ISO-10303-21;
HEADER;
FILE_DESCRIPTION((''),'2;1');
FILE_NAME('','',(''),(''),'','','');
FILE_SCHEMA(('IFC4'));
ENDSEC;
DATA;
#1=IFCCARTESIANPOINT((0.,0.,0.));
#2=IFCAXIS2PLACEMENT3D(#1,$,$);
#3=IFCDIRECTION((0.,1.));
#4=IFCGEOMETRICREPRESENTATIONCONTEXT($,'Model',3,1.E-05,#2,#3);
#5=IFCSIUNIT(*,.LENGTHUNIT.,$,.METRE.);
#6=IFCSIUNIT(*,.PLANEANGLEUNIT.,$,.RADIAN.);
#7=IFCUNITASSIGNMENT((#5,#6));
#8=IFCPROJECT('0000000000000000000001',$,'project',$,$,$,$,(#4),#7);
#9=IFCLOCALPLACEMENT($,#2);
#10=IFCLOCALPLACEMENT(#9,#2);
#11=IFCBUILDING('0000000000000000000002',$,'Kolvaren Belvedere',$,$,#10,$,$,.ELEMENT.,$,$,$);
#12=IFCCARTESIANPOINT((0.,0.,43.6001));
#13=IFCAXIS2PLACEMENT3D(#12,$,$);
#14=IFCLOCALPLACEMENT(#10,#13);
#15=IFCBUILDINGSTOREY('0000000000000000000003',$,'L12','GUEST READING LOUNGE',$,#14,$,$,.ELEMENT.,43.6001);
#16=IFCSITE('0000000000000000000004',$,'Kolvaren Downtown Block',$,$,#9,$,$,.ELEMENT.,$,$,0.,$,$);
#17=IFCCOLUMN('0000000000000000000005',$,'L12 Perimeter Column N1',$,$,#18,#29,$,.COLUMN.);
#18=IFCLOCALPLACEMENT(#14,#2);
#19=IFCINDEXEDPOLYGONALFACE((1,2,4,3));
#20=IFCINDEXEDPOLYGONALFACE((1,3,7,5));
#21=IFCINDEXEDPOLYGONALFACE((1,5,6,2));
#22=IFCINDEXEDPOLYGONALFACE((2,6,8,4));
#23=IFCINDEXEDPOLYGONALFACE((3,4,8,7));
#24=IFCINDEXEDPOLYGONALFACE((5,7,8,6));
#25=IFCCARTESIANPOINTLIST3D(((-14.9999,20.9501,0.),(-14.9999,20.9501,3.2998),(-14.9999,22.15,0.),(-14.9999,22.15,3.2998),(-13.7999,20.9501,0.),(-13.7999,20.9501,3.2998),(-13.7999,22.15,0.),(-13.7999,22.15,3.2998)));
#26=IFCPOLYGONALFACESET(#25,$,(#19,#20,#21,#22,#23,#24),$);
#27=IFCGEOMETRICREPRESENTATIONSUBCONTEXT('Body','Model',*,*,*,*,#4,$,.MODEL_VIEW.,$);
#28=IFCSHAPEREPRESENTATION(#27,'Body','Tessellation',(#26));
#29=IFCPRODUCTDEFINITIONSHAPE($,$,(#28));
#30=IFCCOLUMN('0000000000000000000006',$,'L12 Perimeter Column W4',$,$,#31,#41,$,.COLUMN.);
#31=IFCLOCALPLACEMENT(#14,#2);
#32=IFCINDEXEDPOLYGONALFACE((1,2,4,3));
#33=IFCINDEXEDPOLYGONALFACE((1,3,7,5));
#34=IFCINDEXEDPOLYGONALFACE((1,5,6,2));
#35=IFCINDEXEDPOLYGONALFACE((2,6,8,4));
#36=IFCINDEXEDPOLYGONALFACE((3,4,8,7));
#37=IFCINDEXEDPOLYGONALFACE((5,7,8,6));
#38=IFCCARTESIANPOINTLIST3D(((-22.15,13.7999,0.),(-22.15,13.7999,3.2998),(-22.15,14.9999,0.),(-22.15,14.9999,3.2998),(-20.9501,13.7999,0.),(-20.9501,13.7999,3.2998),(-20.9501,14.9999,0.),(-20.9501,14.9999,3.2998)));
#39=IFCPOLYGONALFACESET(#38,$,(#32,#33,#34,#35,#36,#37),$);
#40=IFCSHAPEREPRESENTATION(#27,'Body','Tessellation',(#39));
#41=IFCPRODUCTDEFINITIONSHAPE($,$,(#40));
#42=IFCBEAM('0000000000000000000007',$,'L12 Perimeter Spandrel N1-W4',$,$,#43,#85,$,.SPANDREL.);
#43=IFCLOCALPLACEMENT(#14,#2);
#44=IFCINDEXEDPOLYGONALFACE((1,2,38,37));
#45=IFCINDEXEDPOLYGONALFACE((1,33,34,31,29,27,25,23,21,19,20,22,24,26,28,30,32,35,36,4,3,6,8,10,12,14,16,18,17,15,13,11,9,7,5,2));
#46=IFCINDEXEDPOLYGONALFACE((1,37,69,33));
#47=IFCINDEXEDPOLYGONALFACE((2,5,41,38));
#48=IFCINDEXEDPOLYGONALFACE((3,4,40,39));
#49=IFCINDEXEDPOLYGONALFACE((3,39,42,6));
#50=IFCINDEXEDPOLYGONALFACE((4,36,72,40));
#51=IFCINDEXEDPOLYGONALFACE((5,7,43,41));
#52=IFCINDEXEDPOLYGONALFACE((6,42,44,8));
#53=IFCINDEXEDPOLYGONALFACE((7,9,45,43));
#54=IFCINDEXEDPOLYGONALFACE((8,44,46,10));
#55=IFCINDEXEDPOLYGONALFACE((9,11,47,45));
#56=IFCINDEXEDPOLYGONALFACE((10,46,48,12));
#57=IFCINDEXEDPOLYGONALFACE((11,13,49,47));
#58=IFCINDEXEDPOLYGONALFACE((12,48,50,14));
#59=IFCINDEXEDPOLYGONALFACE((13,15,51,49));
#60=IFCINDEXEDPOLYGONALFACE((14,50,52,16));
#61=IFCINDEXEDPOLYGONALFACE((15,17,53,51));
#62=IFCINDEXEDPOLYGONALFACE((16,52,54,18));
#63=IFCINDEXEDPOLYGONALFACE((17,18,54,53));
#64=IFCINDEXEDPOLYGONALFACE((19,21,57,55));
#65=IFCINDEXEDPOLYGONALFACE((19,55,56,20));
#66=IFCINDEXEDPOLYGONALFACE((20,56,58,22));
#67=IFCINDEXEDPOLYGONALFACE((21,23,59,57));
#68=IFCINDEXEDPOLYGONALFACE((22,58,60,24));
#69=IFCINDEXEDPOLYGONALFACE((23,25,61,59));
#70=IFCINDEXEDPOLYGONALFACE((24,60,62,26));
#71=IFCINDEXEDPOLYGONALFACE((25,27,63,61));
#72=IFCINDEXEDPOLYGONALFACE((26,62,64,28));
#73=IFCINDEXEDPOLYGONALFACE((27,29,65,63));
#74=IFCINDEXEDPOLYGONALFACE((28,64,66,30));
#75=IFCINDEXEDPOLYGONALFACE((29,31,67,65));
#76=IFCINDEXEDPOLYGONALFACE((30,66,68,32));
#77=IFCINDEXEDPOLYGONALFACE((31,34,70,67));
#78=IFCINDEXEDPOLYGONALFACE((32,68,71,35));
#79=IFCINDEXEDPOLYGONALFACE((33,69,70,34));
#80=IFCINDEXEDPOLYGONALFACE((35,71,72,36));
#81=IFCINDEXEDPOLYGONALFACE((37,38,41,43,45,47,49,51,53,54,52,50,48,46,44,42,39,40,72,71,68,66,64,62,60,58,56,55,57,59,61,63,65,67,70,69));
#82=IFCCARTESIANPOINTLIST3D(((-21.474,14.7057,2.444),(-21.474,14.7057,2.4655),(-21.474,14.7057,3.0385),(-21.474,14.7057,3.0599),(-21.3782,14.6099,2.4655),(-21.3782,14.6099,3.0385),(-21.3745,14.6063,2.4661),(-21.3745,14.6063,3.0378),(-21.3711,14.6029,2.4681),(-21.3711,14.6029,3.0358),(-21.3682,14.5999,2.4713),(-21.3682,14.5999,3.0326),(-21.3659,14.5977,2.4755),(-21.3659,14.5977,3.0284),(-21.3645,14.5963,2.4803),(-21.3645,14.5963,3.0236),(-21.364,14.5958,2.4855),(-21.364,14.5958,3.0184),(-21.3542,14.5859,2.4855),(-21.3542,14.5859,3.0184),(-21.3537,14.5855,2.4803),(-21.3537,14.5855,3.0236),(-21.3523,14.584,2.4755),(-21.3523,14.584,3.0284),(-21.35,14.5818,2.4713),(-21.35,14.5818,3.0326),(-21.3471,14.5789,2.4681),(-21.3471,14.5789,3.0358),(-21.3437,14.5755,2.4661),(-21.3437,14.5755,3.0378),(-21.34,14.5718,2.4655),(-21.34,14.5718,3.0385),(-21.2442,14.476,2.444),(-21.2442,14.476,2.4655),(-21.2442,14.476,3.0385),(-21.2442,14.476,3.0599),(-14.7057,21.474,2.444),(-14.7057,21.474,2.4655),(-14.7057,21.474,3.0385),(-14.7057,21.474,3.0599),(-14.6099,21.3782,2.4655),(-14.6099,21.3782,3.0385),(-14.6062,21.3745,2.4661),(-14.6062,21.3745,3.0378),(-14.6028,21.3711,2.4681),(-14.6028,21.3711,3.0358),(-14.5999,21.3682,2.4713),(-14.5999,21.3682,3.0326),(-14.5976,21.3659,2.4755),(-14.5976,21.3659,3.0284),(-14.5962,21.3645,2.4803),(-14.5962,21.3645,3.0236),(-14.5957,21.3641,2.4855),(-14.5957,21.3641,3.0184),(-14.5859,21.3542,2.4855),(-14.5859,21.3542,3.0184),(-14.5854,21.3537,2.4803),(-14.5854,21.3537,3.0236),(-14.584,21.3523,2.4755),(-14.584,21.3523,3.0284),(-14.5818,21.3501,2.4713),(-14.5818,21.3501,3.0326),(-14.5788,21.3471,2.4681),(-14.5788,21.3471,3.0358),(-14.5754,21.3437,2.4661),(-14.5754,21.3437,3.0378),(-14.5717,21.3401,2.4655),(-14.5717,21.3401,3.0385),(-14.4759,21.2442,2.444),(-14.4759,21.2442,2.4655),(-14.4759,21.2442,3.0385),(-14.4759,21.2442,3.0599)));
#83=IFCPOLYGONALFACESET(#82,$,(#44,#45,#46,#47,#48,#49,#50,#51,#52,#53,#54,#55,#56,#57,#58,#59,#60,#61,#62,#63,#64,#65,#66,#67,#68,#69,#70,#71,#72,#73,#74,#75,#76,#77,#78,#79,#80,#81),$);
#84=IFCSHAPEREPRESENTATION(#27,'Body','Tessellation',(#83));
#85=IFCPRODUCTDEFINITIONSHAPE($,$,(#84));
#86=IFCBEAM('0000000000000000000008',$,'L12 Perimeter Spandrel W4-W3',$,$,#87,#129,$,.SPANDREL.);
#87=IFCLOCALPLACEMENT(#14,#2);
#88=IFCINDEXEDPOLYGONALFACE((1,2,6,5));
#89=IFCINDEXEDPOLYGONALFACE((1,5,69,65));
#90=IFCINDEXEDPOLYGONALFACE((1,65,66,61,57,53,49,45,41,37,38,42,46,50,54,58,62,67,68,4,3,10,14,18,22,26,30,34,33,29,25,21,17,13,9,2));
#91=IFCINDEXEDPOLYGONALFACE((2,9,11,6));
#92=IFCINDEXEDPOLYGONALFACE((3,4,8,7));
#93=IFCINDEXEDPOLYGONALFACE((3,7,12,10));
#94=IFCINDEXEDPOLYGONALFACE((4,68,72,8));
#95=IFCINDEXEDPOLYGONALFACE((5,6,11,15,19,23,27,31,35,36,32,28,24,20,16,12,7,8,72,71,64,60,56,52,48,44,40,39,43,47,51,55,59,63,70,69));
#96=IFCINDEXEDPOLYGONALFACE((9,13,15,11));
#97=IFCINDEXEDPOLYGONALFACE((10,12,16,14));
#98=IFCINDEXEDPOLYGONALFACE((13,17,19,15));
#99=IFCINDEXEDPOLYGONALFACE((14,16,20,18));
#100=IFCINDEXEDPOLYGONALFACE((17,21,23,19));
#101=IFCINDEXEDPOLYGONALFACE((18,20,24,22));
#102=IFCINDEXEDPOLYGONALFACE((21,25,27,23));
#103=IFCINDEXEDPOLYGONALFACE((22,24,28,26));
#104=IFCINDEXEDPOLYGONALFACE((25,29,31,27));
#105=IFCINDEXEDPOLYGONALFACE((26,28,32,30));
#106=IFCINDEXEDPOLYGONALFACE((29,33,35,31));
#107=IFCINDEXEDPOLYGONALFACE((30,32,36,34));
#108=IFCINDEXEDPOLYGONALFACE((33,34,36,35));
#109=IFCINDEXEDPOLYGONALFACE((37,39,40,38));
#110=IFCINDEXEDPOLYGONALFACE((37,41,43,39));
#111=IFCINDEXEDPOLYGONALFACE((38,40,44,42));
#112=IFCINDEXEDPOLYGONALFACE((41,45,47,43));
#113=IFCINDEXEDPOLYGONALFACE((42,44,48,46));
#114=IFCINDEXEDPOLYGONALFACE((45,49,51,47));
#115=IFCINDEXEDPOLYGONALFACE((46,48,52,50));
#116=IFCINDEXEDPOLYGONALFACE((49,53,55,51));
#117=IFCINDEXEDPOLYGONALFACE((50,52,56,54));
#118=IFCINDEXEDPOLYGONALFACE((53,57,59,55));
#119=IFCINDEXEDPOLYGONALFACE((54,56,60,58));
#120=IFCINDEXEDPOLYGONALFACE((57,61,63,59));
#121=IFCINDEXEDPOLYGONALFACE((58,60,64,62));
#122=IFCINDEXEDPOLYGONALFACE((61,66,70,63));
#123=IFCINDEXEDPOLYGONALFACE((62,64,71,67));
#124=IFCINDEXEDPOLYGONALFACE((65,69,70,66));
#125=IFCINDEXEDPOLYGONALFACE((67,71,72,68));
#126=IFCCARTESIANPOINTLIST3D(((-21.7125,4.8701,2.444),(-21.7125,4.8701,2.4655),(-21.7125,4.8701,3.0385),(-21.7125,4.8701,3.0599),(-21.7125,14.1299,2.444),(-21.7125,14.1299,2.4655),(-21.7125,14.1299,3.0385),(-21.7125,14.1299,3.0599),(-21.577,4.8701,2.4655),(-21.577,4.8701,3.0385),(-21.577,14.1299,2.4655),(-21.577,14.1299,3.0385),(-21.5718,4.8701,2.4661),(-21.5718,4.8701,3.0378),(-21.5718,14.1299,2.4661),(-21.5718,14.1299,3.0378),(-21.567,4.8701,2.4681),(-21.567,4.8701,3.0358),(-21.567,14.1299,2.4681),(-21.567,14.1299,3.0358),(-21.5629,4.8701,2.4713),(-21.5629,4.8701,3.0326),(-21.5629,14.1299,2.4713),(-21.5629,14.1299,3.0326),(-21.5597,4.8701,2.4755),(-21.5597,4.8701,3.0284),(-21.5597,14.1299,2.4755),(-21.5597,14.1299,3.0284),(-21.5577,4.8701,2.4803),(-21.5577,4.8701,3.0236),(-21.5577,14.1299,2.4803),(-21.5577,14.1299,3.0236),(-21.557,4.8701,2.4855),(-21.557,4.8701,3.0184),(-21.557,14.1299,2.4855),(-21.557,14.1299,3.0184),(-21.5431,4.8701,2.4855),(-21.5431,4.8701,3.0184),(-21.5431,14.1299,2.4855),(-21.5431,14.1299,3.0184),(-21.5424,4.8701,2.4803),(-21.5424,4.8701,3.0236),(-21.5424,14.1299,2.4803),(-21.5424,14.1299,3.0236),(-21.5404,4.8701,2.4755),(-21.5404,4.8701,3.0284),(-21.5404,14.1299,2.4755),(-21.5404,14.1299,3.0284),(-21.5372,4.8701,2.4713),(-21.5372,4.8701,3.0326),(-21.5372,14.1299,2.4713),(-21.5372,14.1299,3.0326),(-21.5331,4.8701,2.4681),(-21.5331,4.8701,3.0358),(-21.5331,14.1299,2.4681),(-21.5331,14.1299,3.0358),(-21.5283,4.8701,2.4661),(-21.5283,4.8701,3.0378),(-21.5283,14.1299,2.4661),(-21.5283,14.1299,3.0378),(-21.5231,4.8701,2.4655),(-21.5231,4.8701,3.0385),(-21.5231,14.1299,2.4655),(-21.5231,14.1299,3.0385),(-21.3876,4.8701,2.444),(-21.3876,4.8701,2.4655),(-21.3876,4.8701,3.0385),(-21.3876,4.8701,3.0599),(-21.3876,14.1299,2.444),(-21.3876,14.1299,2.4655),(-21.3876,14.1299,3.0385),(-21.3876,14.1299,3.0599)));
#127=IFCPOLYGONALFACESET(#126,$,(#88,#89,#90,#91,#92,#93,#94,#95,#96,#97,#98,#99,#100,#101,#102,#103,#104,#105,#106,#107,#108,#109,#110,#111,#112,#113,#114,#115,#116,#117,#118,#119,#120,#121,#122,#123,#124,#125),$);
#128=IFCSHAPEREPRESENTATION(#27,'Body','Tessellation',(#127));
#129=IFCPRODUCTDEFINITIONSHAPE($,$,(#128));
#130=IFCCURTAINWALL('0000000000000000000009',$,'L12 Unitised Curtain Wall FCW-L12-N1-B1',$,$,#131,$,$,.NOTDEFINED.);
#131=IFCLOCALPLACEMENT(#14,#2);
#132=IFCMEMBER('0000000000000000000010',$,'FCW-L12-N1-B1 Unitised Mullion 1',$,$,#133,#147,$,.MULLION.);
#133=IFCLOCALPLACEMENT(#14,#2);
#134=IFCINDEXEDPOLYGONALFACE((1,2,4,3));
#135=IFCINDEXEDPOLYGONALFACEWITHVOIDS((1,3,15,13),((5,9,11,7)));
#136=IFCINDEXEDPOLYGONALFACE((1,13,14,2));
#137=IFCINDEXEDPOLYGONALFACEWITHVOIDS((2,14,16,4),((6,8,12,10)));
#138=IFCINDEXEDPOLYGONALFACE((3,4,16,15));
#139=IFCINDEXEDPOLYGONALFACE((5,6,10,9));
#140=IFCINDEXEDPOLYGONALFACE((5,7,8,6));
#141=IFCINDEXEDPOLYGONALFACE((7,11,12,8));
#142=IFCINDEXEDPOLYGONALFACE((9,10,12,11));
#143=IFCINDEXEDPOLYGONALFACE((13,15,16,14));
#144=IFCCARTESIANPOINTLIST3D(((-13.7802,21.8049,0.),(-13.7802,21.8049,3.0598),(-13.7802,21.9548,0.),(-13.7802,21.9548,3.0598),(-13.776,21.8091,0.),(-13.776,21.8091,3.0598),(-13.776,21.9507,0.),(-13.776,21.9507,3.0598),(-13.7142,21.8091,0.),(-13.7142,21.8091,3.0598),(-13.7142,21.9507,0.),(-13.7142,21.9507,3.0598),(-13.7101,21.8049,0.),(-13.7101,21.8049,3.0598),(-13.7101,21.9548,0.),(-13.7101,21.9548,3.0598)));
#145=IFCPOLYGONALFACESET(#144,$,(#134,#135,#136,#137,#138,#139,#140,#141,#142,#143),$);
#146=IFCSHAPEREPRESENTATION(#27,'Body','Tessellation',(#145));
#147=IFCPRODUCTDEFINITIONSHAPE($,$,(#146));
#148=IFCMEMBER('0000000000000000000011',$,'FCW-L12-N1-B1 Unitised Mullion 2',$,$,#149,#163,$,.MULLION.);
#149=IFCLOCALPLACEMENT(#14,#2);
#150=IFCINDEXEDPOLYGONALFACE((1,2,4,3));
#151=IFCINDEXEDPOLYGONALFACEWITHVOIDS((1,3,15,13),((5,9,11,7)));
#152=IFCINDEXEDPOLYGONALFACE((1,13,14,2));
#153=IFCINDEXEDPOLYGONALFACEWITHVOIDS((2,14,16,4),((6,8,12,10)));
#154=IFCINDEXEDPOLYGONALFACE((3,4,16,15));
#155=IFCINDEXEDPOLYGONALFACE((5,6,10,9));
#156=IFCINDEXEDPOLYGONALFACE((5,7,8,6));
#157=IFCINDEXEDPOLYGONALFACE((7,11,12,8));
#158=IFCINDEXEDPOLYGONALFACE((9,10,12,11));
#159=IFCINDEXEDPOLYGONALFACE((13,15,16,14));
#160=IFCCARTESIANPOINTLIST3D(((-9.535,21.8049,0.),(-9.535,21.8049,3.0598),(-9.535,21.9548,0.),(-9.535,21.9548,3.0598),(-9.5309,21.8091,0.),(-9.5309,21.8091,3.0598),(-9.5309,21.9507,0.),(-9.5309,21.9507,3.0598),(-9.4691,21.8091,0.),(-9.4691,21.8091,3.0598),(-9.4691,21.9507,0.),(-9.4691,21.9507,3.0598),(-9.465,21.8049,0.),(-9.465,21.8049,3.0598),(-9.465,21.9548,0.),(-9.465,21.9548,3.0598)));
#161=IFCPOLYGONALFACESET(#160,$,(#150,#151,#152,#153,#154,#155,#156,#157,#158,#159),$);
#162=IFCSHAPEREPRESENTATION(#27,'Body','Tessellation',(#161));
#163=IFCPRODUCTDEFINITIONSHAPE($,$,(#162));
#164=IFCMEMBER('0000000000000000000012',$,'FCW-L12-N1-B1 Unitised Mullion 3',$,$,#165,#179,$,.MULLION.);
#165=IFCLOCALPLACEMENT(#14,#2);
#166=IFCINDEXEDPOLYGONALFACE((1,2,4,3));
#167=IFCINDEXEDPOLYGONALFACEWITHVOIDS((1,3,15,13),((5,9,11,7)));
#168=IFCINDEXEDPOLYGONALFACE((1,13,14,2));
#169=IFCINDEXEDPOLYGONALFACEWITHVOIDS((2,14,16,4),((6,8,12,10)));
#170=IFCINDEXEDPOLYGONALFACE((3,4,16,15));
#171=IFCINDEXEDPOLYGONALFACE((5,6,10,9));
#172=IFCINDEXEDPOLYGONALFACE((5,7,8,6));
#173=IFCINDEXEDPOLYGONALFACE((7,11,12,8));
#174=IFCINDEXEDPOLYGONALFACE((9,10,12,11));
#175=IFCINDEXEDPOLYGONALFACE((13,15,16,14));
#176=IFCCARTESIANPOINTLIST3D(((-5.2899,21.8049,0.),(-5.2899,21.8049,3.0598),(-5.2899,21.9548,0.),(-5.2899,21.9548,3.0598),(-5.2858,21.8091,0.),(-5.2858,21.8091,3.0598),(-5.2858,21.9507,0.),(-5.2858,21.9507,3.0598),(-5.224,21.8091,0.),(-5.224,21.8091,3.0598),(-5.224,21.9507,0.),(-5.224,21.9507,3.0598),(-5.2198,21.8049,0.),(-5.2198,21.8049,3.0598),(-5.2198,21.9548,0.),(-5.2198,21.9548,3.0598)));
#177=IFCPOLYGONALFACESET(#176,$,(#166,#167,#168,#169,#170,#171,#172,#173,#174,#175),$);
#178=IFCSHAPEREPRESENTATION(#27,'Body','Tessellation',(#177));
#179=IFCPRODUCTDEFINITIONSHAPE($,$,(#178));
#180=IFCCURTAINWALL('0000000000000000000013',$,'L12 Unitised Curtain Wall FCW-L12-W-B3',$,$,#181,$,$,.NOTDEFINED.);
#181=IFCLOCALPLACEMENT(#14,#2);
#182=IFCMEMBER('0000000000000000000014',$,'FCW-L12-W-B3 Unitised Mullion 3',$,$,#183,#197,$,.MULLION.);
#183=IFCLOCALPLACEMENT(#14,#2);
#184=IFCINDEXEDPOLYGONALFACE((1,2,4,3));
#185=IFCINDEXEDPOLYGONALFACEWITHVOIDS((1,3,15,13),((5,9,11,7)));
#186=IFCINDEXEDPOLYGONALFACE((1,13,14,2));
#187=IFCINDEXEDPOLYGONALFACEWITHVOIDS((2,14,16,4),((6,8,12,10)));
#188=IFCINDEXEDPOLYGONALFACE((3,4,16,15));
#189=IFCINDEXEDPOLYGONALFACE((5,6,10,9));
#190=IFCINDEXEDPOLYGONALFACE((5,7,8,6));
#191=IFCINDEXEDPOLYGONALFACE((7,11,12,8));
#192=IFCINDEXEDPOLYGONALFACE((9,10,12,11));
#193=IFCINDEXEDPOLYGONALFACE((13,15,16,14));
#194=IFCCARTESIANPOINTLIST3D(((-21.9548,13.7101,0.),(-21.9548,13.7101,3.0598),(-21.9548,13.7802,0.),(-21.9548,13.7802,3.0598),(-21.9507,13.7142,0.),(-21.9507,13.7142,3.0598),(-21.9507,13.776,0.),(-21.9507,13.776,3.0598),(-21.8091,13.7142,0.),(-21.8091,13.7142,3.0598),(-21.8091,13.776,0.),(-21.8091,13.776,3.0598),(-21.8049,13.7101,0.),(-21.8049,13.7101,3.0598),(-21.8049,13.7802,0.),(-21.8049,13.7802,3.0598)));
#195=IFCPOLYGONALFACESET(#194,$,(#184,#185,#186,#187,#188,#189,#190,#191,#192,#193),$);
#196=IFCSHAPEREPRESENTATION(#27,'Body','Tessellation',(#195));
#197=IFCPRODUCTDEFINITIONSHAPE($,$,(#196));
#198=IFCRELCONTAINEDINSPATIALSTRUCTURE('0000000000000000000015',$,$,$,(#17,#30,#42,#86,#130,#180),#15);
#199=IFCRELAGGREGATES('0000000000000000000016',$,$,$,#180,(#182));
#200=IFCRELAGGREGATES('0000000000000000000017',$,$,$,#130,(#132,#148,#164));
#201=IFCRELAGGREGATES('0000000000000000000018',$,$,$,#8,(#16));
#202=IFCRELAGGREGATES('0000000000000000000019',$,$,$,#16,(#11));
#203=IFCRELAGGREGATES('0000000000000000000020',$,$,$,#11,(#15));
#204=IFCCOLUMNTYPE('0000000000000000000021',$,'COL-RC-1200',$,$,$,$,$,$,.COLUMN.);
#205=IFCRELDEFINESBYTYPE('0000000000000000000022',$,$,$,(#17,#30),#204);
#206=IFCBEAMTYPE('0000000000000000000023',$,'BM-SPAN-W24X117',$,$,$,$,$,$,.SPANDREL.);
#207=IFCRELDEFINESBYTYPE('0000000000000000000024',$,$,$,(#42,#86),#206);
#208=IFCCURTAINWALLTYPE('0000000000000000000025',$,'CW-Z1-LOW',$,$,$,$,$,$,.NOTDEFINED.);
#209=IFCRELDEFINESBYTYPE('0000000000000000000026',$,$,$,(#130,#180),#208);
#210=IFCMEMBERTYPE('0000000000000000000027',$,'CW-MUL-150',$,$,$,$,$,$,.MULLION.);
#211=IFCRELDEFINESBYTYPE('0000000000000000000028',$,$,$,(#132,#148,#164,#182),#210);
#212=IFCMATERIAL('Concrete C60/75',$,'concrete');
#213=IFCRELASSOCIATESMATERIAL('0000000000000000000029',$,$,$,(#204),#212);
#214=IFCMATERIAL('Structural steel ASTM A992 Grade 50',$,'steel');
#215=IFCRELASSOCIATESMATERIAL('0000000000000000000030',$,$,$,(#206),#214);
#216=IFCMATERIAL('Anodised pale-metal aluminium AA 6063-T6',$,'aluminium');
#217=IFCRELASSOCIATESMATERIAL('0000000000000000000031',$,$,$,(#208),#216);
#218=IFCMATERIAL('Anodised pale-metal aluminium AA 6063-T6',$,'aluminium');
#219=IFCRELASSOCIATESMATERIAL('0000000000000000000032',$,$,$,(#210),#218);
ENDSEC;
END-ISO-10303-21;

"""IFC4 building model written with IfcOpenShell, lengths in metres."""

from ifc_helpers import new_model, si_unit, direction, frame, origin, origin_2d, place, context, subcontext, project, spatial, rectangle, hollow_rectangle, i_section, extrude, material, material_profile, profile_set, type_object, element, aggregate, save


model = new_model("IFC4")

# Units and contexts
model_context = context("Model", 3, precision=1e-05, world=origin(), true_north=direction((0.0, 1.0)))
body_context = subcontext(model_context, "Body", "Model", "MODEL_VIEW")
ifc_project = project(units=[si_unit("LENGTHUNIT", "METRE"), si_unit("PLANEANGLEUNIT", "RADIAN")], contexts=[model_context])

# Site, building, storey
site_placement = place(None, origin())
site = spatial("IfcSite", under=ifc_project, at=site_placement, Name="Kolvaren Downtown Block", CompositionType="ELEMENT", RefElevation=0.0)
building_placement = place(site_placement, origin())
building = spatial("IfcBuilding", under=site, at=building_placement, Name="Kolvaren Belvedere", CompositionType="ELEMENT")
storey_placement = place(building_placement, frame((0.0, 0.0, 43.6001)))
storey = spatial("IfcBuildingStorey", under=building, at=storey_placement, Name="L12", Description="GUEST READING LOUNGE", CompositionType="ELEMENT", Elevation=43.6001)

# Columns
ifc_material_1 = material(Name="Concrete C60/75", Category="concrete")
ifc_material_profile_1 = material_profile(ifc_material_1, rectangle(XDim=1.2, YDim=1.2, at=origin_2d()), Name="RC 1200X1200")
ifc_profile_set_1 = profile_set([ifc_material_profile_1], Name="Concrete C60/75")
column_type = type_object("IfcColumnType", Name="COL-RC-1200", PredefinedType="COLUMN", material=ifc_profile_set_1)
for number, where, z_axis, x_axis, name in (
    (1, (-14.3999, 21.55, 0.0), (0.0, 0.0, 1.0), (1.0, 0.0, 0.0), "L12 Perimeter Column N1"),
    (2, (-21.55, 14.3999, 0.0), (0.0, 0.0, 1.0), (1.0, 0.0, 0.0), "L12 Perimeter Column W4"),
):
    element("IfcColumn", number, at=place(storey_placement, frame(where, z_axis=z_axis, x_axis=x_axis)), inside=storey, type_object=column_type, Name=name, PredefinedType="COLUMN", context=body_context, shape_type="SweptSolid", body=[
        extrude(rectangle(XDim=1.2, YDim=1.2, at=origin_2d()), origin(), (0.0, 0.0, 1.0), 3.2998),
    ])

# Beams
ifc_material_2 = material(Name="Structural steel ASTM A992 Grade 50", Category="steel")
ifc_material_profile_2 = material_profile(ifc_material_2, i_section(OverallWidth=0.325, OverallDepth=0.616, WebThickness=0.0139, FlangeThickness=0.0215, FilletRadius=0.02, at=origin_2d()), Name="W24X117")
ifc_profile_set_2 = profile_set([ifc_material_profile_2], Name="Structural steel ASTM A992 Grade 50")
beam_type = type_object("IfcBeamType", Name="BM-SPAN-W24X117", PredefinedType="SPANDREL", material=ifc_profile_set_2)
beam_1_placement = place(storey_placement, frame((-14.5908, 21.3591, 2.752), z_axis=(-0.707107, -0.707107, 0.0), x_axis=(0.707107, -0.707107, 0.0)))
element("IfcBeam", 3, at=beam_1_placement, inside=storey, type_object=beam_type, Name="L12 Perimeter Spandrel N1-W4", PredefinedType="SPANDREL", context=body_context, shape_type="SweptSolid", body=[
    extrude(i_section(OverallWidth=0.325, OverallDepth=0.616, WebThickness=0.0139, FlangeThickness=0.0215, FilletRadius=0.02, at=origin_2d()), origin(), (0.0, 0.0, 1.0), 9.5718),
])
beam_2_placement = place(storey_placement, frame((-21.55, 14.1299, 2.752), z_axis=(0.0, -1.0, 0.0), x_axis=(1.0, 0.0, 0.0)))
element("IfcBeam", 4, at=beam_2_placement, inside=storey, type_object=beam_type, Name="L12 Perimeter Spandrel W4-W3", PredefinedType="SPANDREL", context=body_context, shape_type="SweptSolid", body=[
    extrude(i_section(OverallWidth=0.325, OverallDepth=0.616, WebThickness=0.0139, FlangeThickness=0.0215, FilletRadius=0.02, at=origin_2d()), origin(), (0.0, 0.0, 1.0), 9.2598),
])

# Curtain wall, members
ifc_material_3 = material(Name="Anodised pale-metal aluminium AA 6063-T6", Category="aluminium")
curtain_wall_type = type_object("IfcCurtainWallType", Name="CW-Z1-LOW", PredefinedType="NOTDEFINED", material=ifc_material_3)
curtain_wall_1_placement = place(storey_placement, origin())
curtain_wall_1 = element("IfcCurtainWall", 5, at=curtain_wall_1_placement, inside=storey, type_object=curtain_wall_type, Name="L12 Unitised Curtain Wall FCW-L12-N1-B1", PredefinedType="NOTDEFINED")
ifc_material_4 = material(Name="Anodised pale-metal aluminium AA 6063-T6", Category="aluminium")
ifc_material_profile_3 = material_profile(ifc_material_4, hollow_rectangle(XDim=0.0701, YDim=0.1499, WallThickness=0.0042, at=origin_2d()), Name="ALU-MUL-150X70")
ifc_profile_set_3 = profile_set([ifc_material_profile_3], Name="Anodised pale-metal aluminium AA 6063-T6")
member_type_1 = type_object("IfcMemberType", Name="CW-MUL-150", PredefinedType="MULLION", material=ifc_profile_set_3)
member_1_placement = place(storey_placement, frame((-13.7451, 21.8799, 0.0), z_axis=(0.0, 0.0, 1.0), x_axis=(1.0, 0.0, 0.0)))
member_1 = element("IfcMember", 6, at=member_1_placement, type_object=member_type_1, Name="FCW-L12-N1-B1 Unitised Mullion 1", PredefinedType="MULLION", context=body_context, shape_type="SweptSolid", body=[
    extrude(hollow_rectangle(XDim=0.0701, YDim=0.1499, WallThickness=0.0042, at=origin_2d()), origin(), (0.0, 0.0, 1.0), 3.0598),
])
member_2_placement = place(storey_placement, frame((-9.5, 21.8799, 0.0), z_axis=(0.0, 0.0, 1.0), x_axis=(1.0, 0.0, 0.0)))
member_2 = element("IfcMember", 7, at=member_2_placement, type_object=member_type_1, Name="FCW-L12-N1-B1 Unitised Mullion 2", PredefinedType="MULLION", context=body_context, shape_type="SweptSolid", body=[
    extrude(hollow_rectangle(XDim=0.0701, YDim=0.1499, WallThickness=0.0042, at=origin_2d()), origin(), (0.0, 0.0, 1.0), 3.0598),
])
member_3_placement = place(storey_placement, frame((-5.2549, 21.8799, 0.0), z_axis=(0.0, 0.0, 1.0), x_axis=(1.0, 0.0, 0.0)))
member_3 = element("IfcMember", 8, at=member_3_placement, type_object=member_type_1, Name="FCW-L12-N1-B1 Unitised Mullion 3", PredefinedType="MULLION", context=body_context, shape_type="SweptSolid", body=[
    extrude(hollow_rectangle(XDim=0.0701, YDim=0.1499, WallThickness=0.0042, at=origin_2d()), origin(), (0.0, 0.0, 1.0), 3.0598),
])

# Curtain wall, member
curtain_wall_2_placement = place(storey_placement, origin())
curtain_wall_2 = element("IfcCurtainWall", 9, at=curtain_wall_2_placement, inside=storey, type_object=curtain_wall_type, Name="L12 Unitised Curtain Wall FCW-L12-W-B3", PredefinedType="NOTDEFINED")
member_4_placement = place(storey_placement, frame((-21.8799, 13.7451, 0.0), z_axis=(0.0, 0.0, 1.0), x_axis=(0.0, 1.0, 0.0)))
member_4 = element("IfcMember", 10, at=member_4_placement, type_object=member_type_1, Name="FCW-L12-W-B3 Unitised Mullion 3", PredefinedType="MULLION", context=body_context, shape_type="SweptSolid", body=[
    extrude(hollow_rectangle(XDim=0.0701, YDim=0.1499, WallThickness=0.0042, at=origin_2d()), origin(), (0.0, 0.0, 1.0), 3.0598),
])
aggregate(curtain_wall_2, [member_4])

aggregate(curtain_wall_1, [member_1, member_2, member_3])

save(model, "model.ifc")
